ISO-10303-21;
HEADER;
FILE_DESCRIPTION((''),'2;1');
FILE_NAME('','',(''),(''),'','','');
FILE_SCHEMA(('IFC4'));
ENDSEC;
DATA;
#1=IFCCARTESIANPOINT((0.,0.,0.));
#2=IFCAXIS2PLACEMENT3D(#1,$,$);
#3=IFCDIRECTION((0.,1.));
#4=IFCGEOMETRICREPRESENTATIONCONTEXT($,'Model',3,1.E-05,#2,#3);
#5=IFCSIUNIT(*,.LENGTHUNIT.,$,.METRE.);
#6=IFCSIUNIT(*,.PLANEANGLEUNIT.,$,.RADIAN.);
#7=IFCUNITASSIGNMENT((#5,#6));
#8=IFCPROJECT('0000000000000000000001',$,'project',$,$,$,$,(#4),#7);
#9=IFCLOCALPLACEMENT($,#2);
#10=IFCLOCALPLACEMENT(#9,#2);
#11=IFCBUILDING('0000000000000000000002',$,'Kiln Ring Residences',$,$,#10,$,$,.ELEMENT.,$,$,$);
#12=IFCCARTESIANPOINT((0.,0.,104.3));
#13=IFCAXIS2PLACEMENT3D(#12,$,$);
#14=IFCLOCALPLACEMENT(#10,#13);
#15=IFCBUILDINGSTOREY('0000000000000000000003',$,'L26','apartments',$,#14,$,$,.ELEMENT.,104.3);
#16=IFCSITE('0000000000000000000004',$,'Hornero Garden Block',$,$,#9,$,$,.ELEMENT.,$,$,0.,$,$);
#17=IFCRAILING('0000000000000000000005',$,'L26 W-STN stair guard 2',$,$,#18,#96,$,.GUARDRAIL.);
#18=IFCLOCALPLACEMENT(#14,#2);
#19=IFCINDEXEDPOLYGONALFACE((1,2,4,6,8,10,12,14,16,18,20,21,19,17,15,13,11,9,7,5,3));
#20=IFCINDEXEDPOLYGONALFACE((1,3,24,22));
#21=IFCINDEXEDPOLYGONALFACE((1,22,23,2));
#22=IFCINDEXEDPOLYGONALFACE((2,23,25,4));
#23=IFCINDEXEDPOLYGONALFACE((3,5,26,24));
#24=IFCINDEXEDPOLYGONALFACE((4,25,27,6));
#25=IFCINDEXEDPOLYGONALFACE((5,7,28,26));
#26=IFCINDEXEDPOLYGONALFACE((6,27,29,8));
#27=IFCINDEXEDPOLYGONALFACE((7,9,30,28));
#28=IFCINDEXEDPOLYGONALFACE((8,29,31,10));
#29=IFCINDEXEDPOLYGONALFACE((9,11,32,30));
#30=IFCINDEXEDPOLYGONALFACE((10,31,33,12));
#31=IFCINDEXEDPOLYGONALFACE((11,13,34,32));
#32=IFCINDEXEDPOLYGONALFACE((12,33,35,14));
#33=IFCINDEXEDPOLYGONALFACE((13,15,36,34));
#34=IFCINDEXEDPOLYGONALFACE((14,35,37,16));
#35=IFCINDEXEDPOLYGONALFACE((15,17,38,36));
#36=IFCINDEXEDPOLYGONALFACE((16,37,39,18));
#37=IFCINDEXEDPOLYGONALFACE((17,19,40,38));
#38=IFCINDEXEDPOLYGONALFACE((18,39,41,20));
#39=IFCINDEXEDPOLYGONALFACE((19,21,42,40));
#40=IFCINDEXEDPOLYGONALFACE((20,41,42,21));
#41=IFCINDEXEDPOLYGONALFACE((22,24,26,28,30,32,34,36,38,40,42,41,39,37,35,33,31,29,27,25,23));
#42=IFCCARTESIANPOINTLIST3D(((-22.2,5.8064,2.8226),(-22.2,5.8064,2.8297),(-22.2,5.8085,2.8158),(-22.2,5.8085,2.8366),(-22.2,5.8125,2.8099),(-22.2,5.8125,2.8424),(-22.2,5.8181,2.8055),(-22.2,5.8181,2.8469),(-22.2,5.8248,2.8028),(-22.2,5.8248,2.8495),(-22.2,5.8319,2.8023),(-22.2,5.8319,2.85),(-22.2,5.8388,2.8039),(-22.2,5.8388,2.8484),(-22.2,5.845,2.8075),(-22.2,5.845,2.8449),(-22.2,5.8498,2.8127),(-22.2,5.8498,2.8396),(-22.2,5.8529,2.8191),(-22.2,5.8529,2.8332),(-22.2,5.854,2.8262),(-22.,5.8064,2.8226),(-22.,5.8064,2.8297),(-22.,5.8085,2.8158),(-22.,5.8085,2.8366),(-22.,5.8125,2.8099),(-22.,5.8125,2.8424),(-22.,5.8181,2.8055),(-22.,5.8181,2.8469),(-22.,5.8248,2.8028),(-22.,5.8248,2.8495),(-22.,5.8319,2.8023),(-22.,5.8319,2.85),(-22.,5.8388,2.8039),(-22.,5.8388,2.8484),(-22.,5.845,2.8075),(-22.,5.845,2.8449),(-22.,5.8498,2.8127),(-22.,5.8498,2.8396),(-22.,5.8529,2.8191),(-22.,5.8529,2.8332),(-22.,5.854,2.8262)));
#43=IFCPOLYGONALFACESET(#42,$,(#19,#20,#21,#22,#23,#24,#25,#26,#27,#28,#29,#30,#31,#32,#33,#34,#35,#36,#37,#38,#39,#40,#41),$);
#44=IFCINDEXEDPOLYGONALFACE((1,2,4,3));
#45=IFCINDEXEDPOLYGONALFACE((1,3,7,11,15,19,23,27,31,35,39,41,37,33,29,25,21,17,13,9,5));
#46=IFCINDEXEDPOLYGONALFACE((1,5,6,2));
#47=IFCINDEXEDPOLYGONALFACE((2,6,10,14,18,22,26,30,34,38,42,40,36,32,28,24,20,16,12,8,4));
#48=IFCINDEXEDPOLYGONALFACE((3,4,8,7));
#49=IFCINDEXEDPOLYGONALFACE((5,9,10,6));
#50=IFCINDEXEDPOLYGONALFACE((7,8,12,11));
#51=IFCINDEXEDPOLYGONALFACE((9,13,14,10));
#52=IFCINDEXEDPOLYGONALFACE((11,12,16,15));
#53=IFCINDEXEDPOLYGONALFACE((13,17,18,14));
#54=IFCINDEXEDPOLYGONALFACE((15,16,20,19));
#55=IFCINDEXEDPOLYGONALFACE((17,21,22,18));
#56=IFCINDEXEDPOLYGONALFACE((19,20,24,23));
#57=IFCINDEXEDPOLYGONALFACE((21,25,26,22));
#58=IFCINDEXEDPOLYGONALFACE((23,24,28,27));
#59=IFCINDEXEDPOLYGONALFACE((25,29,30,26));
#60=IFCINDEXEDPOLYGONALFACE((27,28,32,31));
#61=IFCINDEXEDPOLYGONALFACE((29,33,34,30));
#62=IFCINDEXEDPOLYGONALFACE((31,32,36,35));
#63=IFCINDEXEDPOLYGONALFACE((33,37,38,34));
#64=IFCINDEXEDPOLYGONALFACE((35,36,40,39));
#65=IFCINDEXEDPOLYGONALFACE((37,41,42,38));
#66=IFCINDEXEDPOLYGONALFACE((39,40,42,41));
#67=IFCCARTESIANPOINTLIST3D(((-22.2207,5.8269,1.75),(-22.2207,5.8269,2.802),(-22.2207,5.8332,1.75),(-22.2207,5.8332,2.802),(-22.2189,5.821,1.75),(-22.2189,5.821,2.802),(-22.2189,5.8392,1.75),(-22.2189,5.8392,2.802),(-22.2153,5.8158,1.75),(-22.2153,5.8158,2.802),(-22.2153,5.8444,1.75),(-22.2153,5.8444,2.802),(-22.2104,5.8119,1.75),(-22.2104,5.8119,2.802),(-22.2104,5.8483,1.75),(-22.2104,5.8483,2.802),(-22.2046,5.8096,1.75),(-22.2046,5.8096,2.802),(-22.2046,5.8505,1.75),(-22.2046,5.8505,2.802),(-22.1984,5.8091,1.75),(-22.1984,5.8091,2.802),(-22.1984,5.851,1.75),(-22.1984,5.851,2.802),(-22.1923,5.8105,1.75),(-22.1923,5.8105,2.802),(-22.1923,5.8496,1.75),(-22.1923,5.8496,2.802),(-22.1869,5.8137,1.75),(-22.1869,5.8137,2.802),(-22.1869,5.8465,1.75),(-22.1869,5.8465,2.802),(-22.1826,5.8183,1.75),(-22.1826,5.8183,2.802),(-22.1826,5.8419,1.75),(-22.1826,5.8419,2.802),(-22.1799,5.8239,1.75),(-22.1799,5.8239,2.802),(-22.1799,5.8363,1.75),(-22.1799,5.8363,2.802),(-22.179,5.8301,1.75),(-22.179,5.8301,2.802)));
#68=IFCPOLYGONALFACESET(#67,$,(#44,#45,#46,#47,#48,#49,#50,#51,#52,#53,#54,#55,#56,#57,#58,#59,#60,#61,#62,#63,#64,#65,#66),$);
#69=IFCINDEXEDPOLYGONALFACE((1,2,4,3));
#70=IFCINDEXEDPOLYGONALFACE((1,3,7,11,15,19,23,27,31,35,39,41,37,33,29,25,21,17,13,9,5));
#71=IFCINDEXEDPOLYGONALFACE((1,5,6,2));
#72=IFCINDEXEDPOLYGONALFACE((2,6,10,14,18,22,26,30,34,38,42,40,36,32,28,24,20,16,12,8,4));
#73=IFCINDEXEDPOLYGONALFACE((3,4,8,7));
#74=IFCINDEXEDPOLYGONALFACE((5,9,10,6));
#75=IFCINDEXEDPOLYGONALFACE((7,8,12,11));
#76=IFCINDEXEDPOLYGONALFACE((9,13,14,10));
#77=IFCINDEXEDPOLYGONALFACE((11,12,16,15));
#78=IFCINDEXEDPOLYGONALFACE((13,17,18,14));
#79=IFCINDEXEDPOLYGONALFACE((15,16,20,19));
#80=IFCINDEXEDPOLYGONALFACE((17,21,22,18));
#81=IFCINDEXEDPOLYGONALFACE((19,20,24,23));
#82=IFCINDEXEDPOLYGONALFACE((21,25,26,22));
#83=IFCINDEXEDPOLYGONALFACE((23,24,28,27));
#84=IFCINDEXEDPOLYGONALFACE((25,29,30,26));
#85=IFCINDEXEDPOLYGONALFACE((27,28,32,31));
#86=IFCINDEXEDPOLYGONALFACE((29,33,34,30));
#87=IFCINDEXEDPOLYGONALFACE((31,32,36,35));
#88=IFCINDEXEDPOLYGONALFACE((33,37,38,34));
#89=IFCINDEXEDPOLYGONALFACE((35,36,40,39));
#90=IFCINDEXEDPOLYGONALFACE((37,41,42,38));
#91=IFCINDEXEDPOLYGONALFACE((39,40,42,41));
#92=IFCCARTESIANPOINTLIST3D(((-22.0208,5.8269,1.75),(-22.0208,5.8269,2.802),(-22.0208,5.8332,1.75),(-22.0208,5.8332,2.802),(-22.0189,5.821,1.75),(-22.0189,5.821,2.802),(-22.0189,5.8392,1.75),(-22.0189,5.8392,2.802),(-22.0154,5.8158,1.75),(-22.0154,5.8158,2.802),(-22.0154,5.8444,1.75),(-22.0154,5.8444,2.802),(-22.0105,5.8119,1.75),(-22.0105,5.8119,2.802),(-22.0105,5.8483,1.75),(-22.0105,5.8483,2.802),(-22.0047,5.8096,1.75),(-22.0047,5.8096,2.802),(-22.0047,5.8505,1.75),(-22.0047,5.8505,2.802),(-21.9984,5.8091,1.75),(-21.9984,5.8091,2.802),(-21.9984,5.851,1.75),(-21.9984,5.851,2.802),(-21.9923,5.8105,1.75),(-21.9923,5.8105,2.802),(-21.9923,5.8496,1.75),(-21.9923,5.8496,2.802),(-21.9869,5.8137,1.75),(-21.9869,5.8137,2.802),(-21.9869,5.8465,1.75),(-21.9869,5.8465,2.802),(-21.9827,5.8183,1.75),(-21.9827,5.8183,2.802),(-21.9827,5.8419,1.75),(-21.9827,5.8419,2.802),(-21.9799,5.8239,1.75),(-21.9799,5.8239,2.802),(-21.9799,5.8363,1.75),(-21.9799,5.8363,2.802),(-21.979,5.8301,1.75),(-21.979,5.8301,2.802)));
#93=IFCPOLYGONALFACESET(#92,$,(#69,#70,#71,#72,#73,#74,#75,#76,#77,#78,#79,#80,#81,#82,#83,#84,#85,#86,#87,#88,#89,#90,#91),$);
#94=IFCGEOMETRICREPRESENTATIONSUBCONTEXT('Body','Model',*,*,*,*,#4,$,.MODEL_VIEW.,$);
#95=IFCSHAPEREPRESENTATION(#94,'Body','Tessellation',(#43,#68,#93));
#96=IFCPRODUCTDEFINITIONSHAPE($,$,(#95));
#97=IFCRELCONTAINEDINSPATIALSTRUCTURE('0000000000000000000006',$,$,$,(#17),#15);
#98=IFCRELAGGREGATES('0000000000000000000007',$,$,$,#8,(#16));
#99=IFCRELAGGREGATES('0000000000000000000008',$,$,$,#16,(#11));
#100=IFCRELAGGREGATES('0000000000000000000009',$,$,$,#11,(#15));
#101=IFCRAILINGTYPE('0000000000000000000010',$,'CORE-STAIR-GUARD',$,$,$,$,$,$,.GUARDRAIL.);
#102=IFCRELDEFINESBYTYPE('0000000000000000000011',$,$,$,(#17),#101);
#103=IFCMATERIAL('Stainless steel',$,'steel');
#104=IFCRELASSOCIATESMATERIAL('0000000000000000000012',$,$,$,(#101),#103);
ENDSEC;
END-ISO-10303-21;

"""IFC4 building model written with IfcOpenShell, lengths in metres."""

from ifc_helpers import new_model, si_unit, direction, frame, origin, origin_2d, place, context, subcontext, project, spatial, circle, extrude, material, type_object, element, save


model = new_model("IFC4")

# Units and contexts
model_context = context("Model", 3, precision=1e-05, world=origin(), true_north=direction((0.0, 1.0)))
body_context = subcontext(model_context, "Body", "Model", "MODEL_VIEW")
ifc_project = project(units=[si_unit("LENGTHUNIT", "METRE"), si_unit("PLANEANGLEUNIT", "RADIAN")], contexts=[model_context])

# Site, building, storey
site_placement = place(None, origin())
site = spatial("IfcSite", under=ifc_project, at=site_placement, Name="Hornero Garden Block", CompositionType="ELEMENT", RefElevation=0.0)
building_placement = place(site_placement, origin())
building = spatial("IfcBuilding", under=site, at=building_placement, Name="Kiln Ring Residences", CompositionType="ELEMENT")
storey_placement = place(building_placement, frame((0.0, 0.0, 104.3)))
storey = spatial("IfcBuildingStorey", under=building, at=storey_placement, Name="L26", Description="apartments", CompositionType="ELEMENT", Elevation=104.3)

# Railing
ifc_material_1 = material(Name="Stainless steel", Category="steel")
railing_type_1 = type_object("IfcRailingType", Name="CORE-STAIR-GUARD", PredefinedType="GUARDRAIL", material=ifc_material_1)
railing_1_placement = place(storey_placement, frame((-22.2, 5.8301, 1.75)))
element("IfcRailing", 1, at=railing_1_placement, inside=storey, type_object=railing_type_1, Name="L26 W-STN stair guard 2", PredefinedType="GUARDRAIL", context=body_context, shape_type="SweptSolid", body=[
    extrude(circle(Radius=0.0239, at=origin_2d()), frame((0.0, 0.0, 1.0762), z_axis=(1.0, 0.0, 0.0), x_axis=(0.0, 1.0, 0.0)), (0.0, 0.0, 1.0), 0.2),
    extrude(circle(Radius=0.021, at=origin_2d()), origin(), (0.0, 0.0, 1.0), 1.052),
    extrude(circle(Radius=0.021, at=origin_2d()), frame((0.2, 0.0, 0.0)), (0.0, 0.0, 1.0), 1.052),
])

save(model, "model.ifc")
